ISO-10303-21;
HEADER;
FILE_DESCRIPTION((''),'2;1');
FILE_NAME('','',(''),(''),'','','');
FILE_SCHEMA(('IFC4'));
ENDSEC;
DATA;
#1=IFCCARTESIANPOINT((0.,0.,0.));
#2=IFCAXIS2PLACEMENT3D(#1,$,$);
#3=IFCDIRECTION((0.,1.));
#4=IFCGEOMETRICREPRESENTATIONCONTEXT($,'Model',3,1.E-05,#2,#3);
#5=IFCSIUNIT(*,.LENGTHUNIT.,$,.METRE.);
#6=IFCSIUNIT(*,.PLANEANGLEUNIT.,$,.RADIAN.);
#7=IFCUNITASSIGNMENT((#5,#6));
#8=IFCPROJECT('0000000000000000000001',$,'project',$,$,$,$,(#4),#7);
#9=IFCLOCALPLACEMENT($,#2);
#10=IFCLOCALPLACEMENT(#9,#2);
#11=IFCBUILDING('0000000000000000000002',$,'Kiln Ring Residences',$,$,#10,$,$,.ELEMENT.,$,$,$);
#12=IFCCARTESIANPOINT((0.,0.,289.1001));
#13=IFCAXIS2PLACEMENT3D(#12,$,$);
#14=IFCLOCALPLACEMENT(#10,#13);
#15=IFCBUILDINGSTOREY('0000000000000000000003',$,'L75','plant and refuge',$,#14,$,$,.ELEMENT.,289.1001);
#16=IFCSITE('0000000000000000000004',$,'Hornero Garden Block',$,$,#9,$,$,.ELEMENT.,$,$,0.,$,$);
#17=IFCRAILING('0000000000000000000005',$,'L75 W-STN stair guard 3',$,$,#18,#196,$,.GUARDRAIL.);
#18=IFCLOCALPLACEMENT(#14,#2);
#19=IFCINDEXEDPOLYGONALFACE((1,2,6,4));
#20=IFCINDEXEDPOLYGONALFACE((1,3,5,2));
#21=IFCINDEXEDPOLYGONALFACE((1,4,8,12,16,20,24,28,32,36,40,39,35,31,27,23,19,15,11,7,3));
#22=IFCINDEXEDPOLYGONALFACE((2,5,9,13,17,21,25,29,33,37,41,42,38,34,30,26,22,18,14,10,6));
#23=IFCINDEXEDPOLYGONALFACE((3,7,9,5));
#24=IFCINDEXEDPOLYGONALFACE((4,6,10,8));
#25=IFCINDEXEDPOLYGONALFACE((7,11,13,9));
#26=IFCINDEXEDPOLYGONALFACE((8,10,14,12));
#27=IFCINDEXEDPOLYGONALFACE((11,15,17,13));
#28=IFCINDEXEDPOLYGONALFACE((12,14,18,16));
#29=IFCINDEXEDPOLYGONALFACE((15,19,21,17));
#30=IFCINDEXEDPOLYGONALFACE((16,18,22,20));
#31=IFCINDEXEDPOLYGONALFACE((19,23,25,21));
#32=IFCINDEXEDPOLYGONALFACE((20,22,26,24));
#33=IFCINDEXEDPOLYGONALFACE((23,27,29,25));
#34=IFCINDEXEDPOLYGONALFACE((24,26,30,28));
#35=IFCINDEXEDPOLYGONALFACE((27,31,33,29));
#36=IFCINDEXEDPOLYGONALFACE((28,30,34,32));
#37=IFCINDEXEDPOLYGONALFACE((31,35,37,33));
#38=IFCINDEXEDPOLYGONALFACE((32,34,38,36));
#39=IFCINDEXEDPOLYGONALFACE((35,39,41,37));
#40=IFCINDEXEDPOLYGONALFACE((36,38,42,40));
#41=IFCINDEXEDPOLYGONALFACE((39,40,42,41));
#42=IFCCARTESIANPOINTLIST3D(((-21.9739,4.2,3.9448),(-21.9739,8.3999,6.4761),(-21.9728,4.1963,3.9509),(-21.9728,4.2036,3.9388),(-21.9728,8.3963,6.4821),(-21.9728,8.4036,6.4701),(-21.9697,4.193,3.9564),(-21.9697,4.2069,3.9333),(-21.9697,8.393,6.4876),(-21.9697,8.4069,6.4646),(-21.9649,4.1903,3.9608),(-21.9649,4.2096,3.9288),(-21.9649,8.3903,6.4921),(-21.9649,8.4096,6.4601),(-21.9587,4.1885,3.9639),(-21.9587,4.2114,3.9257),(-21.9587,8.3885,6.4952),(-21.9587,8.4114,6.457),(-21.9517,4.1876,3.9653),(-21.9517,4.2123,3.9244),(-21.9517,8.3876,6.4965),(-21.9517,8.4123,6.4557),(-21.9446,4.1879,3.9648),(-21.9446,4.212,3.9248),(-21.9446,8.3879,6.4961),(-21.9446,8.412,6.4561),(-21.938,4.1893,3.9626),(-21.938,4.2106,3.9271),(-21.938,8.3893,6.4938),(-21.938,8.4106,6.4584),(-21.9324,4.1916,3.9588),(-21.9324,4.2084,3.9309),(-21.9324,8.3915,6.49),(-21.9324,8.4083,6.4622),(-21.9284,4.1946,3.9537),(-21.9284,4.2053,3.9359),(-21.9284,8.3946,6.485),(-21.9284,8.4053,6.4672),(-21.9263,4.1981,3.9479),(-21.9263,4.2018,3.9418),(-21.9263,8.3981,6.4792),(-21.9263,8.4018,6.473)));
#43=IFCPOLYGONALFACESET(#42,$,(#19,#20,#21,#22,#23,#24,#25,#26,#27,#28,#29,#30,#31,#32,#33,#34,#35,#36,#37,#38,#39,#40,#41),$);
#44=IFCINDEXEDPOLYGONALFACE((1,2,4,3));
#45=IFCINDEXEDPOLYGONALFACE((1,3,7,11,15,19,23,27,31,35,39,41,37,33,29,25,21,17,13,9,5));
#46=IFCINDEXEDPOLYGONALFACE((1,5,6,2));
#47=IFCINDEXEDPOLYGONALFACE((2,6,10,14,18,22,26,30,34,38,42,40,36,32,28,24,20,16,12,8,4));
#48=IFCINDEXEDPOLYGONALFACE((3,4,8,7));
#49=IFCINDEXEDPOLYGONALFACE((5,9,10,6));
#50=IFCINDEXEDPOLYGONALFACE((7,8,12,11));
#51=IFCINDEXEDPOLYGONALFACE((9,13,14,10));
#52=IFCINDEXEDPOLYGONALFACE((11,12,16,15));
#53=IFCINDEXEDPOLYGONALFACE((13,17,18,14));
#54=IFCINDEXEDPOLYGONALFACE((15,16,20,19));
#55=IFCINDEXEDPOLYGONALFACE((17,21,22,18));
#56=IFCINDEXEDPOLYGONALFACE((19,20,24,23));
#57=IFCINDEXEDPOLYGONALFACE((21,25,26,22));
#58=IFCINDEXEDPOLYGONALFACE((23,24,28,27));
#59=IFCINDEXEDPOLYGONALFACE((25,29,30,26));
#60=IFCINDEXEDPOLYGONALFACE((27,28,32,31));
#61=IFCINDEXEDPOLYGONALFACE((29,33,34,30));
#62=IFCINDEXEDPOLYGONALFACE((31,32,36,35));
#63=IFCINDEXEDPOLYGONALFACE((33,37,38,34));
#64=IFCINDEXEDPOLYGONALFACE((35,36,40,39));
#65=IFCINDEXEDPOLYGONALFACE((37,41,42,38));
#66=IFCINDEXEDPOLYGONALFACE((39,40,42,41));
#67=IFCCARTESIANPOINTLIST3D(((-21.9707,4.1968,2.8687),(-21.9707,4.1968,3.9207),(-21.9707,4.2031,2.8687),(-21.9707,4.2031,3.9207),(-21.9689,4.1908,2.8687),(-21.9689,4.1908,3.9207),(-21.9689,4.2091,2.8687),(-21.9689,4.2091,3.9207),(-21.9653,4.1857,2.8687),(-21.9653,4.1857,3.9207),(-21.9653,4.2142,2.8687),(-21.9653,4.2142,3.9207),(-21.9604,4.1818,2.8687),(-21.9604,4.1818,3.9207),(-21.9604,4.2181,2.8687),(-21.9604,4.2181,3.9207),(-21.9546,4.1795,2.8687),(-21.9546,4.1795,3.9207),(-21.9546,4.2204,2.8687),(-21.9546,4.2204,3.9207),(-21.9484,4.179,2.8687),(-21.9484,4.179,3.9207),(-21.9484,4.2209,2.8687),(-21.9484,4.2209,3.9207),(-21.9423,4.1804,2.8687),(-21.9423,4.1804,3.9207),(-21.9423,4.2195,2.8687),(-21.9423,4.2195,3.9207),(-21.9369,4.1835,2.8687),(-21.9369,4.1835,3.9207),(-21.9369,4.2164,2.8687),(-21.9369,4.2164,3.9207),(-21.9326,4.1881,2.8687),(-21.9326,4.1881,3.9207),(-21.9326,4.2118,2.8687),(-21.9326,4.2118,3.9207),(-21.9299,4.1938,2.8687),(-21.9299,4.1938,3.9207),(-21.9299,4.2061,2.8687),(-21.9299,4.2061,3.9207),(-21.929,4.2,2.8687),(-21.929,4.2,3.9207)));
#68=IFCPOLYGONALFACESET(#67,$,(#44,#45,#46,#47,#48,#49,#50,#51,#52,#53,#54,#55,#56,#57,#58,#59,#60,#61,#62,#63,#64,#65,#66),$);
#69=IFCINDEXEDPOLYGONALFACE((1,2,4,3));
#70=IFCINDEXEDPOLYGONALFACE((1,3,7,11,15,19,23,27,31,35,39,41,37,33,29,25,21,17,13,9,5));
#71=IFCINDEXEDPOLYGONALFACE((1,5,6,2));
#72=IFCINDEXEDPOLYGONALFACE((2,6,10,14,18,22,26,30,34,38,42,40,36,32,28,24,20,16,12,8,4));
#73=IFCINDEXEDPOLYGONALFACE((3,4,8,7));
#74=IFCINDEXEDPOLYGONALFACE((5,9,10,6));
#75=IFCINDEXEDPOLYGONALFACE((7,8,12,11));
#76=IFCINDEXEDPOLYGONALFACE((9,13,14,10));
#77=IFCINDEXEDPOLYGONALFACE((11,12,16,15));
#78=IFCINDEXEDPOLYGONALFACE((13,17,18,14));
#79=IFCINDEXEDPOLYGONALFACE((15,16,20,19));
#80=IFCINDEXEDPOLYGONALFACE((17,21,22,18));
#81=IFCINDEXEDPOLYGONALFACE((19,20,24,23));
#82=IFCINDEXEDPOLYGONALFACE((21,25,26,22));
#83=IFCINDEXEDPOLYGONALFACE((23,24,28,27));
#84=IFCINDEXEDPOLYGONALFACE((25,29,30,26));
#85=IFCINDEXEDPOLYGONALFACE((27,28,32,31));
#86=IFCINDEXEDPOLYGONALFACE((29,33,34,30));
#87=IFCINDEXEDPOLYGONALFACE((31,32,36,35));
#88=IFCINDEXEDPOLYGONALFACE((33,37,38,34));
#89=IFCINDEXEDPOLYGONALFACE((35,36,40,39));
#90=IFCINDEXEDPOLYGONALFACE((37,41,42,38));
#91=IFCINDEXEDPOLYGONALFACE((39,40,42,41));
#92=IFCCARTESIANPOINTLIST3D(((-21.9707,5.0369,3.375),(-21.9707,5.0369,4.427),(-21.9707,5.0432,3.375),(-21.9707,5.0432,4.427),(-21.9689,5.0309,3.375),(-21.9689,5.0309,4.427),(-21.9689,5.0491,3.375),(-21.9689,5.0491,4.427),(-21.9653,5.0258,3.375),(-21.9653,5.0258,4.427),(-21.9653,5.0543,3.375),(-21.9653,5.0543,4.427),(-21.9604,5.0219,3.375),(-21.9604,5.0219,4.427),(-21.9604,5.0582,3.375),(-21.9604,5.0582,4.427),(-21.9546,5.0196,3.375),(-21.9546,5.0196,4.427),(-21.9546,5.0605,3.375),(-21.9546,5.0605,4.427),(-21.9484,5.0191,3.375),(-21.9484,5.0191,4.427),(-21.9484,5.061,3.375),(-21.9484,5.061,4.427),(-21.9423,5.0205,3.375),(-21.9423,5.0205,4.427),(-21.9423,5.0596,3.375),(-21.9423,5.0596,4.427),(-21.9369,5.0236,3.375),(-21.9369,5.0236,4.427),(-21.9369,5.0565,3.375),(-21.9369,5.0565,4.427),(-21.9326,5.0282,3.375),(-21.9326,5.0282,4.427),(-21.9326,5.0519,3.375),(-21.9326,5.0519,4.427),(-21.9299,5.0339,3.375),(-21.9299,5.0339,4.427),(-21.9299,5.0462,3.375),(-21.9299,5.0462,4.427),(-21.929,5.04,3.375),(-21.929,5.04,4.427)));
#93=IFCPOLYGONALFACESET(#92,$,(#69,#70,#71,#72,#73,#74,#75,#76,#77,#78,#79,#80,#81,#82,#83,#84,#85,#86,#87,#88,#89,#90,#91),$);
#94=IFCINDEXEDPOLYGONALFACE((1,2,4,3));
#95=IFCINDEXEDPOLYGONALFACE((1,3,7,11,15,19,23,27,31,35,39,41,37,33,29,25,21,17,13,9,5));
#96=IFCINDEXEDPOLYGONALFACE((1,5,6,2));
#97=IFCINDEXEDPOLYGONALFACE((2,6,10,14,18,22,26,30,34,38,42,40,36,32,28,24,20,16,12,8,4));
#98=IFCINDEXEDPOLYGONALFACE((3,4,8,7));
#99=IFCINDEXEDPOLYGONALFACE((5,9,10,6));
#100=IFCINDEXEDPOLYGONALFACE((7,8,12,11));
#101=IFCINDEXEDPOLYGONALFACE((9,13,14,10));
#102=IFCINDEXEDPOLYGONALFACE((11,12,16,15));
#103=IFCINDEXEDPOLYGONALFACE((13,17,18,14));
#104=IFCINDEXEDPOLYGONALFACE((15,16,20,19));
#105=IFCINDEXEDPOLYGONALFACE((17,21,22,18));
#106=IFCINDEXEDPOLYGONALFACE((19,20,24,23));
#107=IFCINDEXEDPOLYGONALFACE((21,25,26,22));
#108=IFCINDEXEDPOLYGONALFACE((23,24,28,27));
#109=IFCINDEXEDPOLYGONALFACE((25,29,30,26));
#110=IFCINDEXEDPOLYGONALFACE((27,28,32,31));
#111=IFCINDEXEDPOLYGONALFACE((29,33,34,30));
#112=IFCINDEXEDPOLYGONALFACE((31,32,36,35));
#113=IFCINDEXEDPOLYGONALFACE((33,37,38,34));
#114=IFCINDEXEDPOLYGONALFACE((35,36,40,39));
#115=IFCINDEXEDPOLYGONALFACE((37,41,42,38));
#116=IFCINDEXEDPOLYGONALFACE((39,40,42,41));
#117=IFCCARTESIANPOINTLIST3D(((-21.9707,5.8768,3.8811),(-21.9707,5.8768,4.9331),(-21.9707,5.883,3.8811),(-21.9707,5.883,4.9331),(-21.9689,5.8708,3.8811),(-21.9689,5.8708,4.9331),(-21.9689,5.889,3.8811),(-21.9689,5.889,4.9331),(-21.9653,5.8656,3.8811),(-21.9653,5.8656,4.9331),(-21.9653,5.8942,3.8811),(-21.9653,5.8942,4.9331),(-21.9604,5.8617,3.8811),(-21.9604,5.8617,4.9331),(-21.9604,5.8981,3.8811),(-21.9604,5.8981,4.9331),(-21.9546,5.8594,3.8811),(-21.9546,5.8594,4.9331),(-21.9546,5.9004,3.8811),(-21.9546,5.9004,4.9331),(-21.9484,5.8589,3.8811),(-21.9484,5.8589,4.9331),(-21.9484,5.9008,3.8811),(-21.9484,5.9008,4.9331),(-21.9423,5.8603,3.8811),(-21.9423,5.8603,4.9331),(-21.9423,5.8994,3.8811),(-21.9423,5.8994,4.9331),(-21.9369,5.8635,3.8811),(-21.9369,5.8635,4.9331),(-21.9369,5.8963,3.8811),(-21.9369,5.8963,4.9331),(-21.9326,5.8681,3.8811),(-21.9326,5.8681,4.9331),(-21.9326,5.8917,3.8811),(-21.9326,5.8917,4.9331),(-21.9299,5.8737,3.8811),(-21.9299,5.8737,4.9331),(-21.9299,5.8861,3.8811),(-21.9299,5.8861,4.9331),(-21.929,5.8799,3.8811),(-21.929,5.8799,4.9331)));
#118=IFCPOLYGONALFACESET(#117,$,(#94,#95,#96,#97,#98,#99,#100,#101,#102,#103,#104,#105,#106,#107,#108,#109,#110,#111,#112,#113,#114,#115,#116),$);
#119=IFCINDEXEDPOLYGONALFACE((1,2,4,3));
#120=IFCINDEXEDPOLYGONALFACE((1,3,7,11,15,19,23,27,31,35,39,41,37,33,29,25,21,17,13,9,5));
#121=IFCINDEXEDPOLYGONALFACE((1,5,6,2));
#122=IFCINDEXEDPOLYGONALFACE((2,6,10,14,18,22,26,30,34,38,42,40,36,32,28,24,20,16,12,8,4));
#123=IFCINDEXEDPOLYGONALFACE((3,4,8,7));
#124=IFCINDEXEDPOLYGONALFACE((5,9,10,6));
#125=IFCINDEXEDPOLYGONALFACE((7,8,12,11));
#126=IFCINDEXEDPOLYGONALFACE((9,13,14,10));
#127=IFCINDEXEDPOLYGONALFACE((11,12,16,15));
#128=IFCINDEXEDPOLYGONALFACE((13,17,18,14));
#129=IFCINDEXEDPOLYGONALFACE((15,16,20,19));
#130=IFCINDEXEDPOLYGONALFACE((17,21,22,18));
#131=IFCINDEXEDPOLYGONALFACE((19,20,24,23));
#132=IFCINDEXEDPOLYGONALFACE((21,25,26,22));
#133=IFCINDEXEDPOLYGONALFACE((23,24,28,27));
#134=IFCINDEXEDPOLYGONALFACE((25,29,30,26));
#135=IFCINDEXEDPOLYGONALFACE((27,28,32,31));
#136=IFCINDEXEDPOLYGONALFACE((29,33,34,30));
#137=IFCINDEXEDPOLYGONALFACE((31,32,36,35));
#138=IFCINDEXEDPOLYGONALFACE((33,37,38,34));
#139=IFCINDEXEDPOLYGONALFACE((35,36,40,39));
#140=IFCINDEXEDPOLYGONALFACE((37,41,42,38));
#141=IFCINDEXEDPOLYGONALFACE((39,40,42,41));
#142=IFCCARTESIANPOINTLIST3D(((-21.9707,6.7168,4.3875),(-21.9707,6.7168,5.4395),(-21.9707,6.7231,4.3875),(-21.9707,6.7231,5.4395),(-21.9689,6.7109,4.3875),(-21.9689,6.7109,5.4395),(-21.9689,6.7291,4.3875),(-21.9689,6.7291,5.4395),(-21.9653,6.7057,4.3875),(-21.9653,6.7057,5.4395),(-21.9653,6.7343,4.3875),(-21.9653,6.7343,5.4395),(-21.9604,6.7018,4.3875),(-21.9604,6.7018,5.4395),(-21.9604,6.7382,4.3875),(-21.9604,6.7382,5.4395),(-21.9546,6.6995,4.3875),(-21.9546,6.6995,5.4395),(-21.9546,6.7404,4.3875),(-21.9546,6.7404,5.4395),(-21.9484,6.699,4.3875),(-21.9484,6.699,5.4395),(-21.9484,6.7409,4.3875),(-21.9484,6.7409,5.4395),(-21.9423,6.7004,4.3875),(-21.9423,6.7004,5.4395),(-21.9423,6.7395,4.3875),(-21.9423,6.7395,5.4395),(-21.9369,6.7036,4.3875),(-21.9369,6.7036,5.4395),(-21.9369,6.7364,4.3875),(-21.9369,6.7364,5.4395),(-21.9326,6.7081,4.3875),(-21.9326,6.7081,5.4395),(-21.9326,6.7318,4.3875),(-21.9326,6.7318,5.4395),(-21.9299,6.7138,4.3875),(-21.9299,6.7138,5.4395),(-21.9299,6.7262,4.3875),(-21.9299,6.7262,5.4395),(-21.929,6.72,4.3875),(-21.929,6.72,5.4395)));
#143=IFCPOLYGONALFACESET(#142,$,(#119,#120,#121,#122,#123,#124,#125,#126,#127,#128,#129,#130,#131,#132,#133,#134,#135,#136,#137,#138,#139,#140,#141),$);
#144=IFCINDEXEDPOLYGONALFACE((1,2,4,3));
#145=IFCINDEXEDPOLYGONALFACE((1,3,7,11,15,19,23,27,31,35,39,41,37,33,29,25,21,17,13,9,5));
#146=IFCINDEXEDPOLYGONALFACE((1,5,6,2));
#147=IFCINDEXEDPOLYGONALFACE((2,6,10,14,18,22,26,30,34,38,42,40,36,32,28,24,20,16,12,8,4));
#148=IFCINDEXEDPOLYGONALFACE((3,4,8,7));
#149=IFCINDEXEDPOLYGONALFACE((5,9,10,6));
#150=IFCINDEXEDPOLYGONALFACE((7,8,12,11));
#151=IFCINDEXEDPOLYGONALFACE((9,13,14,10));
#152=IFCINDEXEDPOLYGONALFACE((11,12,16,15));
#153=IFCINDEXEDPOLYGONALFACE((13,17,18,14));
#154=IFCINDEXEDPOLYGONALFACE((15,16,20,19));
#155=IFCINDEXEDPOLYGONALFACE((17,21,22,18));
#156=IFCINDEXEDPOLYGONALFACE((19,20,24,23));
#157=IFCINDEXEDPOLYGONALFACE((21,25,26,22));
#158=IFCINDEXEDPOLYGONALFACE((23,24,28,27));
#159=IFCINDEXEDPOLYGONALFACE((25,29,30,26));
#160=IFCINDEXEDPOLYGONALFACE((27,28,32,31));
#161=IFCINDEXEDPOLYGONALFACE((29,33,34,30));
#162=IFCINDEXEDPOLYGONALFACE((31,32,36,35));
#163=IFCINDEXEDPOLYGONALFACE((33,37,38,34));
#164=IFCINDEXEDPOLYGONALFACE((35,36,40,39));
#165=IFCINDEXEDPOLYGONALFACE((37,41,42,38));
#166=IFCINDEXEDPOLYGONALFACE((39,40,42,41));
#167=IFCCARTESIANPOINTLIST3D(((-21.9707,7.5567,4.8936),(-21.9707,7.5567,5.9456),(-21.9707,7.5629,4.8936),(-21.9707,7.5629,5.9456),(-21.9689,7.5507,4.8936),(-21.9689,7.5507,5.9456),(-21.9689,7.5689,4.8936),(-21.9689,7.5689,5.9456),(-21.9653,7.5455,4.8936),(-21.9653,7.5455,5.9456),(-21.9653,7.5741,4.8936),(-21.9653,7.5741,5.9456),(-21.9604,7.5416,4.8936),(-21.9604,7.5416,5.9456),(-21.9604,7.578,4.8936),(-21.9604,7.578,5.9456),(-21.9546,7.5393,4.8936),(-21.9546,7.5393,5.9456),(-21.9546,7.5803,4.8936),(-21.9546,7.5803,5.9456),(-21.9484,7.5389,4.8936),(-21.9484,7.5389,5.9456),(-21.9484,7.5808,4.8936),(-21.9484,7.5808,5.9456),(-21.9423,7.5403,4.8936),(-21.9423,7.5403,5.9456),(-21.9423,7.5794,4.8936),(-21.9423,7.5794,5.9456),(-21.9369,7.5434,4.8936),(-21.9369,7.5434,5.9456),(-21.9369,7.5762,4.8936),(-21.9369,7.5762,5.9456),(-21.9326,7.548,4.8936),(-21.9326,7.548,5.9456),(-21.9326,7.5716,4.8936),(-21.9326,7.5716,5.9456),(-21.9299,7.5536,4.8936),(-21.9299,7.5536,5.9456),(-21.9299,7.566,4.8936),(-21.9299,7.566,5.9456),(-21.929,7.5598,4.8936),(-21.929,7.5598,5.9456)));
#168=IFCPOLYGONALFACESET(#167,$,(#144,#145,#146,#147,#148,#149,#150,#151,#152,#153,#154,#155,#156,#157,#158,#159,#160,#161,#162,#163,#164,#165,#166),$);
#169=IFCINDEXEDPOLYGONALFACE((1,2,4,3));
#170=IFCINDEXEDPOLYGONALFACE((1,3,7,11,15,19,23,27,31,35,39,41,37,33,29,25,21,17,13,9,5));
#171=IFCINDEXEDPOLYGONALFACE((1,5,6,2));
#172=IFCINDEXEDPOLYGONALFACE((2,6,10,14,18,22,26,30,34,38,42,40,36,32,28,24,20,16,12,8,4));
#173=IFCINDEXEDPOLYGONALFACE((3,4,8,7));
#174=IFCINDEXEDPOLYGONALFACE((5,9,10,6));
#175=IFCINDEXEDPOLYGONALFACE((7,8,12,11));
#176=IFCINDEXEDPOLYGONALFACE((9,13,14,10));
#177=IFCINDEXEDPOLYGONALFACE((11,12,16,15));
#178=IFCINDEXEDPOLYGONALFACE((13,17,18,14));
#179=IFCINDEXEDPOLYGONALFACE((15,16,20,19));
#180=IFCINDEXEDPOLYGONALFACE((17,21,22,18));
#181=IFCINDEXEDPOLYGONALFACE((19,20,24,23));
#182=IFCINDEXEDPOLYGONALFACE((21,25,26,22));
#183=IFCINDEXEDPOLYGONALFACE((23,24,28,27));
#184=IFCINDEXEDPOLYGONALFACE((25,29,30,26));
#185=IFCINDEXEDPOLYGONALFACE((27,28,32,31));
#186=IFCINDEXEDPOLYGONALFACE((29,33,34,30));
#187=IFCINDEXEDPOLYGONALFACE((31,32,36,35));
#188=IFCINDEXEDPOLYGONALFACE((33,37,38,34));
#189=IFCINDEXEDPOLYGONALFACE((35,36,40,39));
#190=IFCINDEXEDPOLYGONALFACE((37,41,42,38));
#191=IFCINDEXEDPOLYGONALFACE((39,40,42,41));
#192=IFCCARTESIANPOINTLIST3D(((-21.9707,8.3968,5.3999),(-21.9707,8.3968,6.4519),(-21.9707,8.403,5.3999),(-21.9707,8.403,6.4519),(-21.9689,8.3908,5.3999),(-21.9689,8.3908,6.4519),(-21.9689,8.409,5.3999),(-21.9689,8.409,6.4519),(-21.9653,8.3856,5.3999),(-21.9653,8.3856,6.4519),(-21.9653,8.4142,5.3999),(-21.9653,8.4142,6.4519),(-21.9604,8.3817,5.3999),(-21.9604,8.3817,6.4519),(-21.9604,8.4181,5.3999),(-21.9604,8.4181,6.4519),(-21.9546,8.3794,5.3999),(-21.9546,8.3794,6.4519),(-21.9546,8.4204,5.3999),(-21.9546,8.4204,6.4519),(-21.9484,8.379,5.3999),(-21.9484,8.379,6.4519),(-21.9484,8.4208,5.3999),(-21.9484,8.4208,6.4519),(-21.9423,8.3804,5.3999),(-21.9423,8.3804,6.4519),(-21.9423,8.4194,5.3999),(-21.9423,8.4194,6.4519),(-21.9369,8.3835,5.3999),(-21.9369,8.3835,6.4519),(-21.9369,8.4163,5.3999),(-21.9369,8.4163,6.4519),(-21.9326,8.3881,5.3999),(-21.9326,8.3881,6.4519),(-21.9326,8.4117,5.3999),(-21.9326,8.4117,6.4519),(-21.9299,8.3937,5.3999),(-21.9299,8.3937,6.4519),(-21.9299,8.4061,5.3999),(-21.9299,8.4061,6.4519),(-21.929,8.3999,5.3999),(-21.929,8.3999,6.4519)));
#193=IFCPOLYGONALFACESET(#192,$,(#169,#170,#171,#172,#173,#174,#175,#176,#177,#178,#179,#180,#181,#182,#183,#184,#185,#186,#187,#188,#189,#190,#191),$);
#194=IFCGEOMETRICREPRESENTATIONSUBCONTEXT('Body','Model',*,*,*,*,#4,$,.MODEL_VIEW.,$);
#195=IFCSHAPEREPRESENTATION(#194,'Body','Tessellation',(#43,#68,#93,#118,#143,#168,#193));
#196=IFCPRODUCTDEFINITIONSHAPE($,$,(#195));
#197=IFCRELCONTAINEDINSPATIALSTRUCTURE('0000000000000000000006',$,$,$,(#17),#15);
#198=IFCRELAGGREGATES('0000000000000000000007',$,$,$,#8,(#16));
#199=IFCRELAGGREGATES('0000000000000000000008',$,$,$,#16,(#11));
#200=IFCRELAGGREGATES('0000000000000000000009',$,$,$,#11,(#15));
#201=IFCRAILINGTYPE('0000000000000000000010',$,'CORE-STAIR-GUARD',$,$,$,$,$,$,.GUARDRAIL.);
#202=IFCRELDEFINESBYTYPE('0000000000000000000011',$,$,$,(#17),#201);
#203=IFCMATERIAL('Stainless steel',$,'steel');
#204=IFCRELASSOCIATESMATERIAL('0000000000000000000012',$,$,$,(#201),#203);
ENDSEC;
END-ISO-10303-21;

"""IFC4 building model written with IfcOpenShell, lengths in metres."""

from ifc_helpers import new_model, si_unit, direction, frame, origin, origin_2d, place, context, subcontext, project, spatial, circle, extrude, material, type_object, element, save


model = new_model("IFC4")

# Units and contexts
model_context = context("Model", 3, precision=1e-05, world=origin(), true_north=direction((0.0, 1.0)))
body_context = subcontext(model_context, "Body", "Model", "MODEL_VIEW")
ifc_project = project(units=[si_unit("LENGTHUNIT", "METRE"), si_unit("PLANEANGLEUNIT", "RADIAN")], contexts=[model_context])

# Site, building, storey
site_placement = place(None, origin())
site = spatial("IfcSite", under=ifc_project, at=site_placement, Name="Hornero Garden Block", CompositionType="ELEMENT", RefElevation=0.0)
building_placement = place(site_placement, origin())
building = spatial("IfcBuilding", under=site, at=building_placement, Name="Kiln Ring Residences", CompositionType="ELEMENT")
storey_placement = place(building_placement, frame((0.0, 0.0, 289.1001)))
storey = spatial("IfcBuildingStorey", under=building, at=storey_placement, Name="L75", Description="plant and refuge", CompositionType="ELEMENT", Elevation=289.1001)

# Railing
ifc_material_1 = material(Name="Stainless steel", Category="steel")
railing_type_1 = type_object("IfcRailingType", Name="CORE-STAIR-GUARD", PredefinedType="GUARDRAIL", material=ifc_material_1)
railing_1_placement = place(storey_placement, frame((-21.95, 4.2, 2.8687)))
element("IfcRailing", 1, at=railing_1_placement, inside=storey, type_object=railing_type_1, Name="L75 W-STN stair guard 3", PredefinedType="GUARDRAIL", context=body_context, shape_type="SweptSolid", body=[
    extrude(circle(Radius=0.0239, at=origin_2d()), frame((0.0, 0.0, 1.0762), z_axis=(0.0, 0.856476, 0.516186), x_axis=(-1.0, 0.0, 0.0)), (0.0, 0.0, 1.0), 4.9038),
    extrude(circle(Radius=0.021, at=origin_2d()), origin(), (0.0, 0.0, 1.0), 1.052),
    extrude(circle(Radius=0.021, at=origin_2d()), frame((0.0, 0.8401, 0.5063)), (0.0, 0.0, 1.0), 1.052),
    extrude(circle(Radius=0.021, at=origin_2d()), frame((0.0, 1.6799, 1.0125)), (0.0, 0.0, 1.0), 1.052),
    extrude(circle(Radius=0.021, at=origin_2d()), frame((0.0, 2.52, 1.5188)), (0.0, 0.0, 1.0), 1.052),
    extrude(circle(Radius=0.021, at=origin_2d()), frame((0.0, 3.3599, 2.0249)), (0.0, 0.0, 1.0), 1.052),
    extrude(circle(Radius=0.021, at=origin_2d()), frame((0.0, 4.2, 2.5312)), (0.0, 0.0, 1.0), 1.052),
])

save(model, "model.ifc")
